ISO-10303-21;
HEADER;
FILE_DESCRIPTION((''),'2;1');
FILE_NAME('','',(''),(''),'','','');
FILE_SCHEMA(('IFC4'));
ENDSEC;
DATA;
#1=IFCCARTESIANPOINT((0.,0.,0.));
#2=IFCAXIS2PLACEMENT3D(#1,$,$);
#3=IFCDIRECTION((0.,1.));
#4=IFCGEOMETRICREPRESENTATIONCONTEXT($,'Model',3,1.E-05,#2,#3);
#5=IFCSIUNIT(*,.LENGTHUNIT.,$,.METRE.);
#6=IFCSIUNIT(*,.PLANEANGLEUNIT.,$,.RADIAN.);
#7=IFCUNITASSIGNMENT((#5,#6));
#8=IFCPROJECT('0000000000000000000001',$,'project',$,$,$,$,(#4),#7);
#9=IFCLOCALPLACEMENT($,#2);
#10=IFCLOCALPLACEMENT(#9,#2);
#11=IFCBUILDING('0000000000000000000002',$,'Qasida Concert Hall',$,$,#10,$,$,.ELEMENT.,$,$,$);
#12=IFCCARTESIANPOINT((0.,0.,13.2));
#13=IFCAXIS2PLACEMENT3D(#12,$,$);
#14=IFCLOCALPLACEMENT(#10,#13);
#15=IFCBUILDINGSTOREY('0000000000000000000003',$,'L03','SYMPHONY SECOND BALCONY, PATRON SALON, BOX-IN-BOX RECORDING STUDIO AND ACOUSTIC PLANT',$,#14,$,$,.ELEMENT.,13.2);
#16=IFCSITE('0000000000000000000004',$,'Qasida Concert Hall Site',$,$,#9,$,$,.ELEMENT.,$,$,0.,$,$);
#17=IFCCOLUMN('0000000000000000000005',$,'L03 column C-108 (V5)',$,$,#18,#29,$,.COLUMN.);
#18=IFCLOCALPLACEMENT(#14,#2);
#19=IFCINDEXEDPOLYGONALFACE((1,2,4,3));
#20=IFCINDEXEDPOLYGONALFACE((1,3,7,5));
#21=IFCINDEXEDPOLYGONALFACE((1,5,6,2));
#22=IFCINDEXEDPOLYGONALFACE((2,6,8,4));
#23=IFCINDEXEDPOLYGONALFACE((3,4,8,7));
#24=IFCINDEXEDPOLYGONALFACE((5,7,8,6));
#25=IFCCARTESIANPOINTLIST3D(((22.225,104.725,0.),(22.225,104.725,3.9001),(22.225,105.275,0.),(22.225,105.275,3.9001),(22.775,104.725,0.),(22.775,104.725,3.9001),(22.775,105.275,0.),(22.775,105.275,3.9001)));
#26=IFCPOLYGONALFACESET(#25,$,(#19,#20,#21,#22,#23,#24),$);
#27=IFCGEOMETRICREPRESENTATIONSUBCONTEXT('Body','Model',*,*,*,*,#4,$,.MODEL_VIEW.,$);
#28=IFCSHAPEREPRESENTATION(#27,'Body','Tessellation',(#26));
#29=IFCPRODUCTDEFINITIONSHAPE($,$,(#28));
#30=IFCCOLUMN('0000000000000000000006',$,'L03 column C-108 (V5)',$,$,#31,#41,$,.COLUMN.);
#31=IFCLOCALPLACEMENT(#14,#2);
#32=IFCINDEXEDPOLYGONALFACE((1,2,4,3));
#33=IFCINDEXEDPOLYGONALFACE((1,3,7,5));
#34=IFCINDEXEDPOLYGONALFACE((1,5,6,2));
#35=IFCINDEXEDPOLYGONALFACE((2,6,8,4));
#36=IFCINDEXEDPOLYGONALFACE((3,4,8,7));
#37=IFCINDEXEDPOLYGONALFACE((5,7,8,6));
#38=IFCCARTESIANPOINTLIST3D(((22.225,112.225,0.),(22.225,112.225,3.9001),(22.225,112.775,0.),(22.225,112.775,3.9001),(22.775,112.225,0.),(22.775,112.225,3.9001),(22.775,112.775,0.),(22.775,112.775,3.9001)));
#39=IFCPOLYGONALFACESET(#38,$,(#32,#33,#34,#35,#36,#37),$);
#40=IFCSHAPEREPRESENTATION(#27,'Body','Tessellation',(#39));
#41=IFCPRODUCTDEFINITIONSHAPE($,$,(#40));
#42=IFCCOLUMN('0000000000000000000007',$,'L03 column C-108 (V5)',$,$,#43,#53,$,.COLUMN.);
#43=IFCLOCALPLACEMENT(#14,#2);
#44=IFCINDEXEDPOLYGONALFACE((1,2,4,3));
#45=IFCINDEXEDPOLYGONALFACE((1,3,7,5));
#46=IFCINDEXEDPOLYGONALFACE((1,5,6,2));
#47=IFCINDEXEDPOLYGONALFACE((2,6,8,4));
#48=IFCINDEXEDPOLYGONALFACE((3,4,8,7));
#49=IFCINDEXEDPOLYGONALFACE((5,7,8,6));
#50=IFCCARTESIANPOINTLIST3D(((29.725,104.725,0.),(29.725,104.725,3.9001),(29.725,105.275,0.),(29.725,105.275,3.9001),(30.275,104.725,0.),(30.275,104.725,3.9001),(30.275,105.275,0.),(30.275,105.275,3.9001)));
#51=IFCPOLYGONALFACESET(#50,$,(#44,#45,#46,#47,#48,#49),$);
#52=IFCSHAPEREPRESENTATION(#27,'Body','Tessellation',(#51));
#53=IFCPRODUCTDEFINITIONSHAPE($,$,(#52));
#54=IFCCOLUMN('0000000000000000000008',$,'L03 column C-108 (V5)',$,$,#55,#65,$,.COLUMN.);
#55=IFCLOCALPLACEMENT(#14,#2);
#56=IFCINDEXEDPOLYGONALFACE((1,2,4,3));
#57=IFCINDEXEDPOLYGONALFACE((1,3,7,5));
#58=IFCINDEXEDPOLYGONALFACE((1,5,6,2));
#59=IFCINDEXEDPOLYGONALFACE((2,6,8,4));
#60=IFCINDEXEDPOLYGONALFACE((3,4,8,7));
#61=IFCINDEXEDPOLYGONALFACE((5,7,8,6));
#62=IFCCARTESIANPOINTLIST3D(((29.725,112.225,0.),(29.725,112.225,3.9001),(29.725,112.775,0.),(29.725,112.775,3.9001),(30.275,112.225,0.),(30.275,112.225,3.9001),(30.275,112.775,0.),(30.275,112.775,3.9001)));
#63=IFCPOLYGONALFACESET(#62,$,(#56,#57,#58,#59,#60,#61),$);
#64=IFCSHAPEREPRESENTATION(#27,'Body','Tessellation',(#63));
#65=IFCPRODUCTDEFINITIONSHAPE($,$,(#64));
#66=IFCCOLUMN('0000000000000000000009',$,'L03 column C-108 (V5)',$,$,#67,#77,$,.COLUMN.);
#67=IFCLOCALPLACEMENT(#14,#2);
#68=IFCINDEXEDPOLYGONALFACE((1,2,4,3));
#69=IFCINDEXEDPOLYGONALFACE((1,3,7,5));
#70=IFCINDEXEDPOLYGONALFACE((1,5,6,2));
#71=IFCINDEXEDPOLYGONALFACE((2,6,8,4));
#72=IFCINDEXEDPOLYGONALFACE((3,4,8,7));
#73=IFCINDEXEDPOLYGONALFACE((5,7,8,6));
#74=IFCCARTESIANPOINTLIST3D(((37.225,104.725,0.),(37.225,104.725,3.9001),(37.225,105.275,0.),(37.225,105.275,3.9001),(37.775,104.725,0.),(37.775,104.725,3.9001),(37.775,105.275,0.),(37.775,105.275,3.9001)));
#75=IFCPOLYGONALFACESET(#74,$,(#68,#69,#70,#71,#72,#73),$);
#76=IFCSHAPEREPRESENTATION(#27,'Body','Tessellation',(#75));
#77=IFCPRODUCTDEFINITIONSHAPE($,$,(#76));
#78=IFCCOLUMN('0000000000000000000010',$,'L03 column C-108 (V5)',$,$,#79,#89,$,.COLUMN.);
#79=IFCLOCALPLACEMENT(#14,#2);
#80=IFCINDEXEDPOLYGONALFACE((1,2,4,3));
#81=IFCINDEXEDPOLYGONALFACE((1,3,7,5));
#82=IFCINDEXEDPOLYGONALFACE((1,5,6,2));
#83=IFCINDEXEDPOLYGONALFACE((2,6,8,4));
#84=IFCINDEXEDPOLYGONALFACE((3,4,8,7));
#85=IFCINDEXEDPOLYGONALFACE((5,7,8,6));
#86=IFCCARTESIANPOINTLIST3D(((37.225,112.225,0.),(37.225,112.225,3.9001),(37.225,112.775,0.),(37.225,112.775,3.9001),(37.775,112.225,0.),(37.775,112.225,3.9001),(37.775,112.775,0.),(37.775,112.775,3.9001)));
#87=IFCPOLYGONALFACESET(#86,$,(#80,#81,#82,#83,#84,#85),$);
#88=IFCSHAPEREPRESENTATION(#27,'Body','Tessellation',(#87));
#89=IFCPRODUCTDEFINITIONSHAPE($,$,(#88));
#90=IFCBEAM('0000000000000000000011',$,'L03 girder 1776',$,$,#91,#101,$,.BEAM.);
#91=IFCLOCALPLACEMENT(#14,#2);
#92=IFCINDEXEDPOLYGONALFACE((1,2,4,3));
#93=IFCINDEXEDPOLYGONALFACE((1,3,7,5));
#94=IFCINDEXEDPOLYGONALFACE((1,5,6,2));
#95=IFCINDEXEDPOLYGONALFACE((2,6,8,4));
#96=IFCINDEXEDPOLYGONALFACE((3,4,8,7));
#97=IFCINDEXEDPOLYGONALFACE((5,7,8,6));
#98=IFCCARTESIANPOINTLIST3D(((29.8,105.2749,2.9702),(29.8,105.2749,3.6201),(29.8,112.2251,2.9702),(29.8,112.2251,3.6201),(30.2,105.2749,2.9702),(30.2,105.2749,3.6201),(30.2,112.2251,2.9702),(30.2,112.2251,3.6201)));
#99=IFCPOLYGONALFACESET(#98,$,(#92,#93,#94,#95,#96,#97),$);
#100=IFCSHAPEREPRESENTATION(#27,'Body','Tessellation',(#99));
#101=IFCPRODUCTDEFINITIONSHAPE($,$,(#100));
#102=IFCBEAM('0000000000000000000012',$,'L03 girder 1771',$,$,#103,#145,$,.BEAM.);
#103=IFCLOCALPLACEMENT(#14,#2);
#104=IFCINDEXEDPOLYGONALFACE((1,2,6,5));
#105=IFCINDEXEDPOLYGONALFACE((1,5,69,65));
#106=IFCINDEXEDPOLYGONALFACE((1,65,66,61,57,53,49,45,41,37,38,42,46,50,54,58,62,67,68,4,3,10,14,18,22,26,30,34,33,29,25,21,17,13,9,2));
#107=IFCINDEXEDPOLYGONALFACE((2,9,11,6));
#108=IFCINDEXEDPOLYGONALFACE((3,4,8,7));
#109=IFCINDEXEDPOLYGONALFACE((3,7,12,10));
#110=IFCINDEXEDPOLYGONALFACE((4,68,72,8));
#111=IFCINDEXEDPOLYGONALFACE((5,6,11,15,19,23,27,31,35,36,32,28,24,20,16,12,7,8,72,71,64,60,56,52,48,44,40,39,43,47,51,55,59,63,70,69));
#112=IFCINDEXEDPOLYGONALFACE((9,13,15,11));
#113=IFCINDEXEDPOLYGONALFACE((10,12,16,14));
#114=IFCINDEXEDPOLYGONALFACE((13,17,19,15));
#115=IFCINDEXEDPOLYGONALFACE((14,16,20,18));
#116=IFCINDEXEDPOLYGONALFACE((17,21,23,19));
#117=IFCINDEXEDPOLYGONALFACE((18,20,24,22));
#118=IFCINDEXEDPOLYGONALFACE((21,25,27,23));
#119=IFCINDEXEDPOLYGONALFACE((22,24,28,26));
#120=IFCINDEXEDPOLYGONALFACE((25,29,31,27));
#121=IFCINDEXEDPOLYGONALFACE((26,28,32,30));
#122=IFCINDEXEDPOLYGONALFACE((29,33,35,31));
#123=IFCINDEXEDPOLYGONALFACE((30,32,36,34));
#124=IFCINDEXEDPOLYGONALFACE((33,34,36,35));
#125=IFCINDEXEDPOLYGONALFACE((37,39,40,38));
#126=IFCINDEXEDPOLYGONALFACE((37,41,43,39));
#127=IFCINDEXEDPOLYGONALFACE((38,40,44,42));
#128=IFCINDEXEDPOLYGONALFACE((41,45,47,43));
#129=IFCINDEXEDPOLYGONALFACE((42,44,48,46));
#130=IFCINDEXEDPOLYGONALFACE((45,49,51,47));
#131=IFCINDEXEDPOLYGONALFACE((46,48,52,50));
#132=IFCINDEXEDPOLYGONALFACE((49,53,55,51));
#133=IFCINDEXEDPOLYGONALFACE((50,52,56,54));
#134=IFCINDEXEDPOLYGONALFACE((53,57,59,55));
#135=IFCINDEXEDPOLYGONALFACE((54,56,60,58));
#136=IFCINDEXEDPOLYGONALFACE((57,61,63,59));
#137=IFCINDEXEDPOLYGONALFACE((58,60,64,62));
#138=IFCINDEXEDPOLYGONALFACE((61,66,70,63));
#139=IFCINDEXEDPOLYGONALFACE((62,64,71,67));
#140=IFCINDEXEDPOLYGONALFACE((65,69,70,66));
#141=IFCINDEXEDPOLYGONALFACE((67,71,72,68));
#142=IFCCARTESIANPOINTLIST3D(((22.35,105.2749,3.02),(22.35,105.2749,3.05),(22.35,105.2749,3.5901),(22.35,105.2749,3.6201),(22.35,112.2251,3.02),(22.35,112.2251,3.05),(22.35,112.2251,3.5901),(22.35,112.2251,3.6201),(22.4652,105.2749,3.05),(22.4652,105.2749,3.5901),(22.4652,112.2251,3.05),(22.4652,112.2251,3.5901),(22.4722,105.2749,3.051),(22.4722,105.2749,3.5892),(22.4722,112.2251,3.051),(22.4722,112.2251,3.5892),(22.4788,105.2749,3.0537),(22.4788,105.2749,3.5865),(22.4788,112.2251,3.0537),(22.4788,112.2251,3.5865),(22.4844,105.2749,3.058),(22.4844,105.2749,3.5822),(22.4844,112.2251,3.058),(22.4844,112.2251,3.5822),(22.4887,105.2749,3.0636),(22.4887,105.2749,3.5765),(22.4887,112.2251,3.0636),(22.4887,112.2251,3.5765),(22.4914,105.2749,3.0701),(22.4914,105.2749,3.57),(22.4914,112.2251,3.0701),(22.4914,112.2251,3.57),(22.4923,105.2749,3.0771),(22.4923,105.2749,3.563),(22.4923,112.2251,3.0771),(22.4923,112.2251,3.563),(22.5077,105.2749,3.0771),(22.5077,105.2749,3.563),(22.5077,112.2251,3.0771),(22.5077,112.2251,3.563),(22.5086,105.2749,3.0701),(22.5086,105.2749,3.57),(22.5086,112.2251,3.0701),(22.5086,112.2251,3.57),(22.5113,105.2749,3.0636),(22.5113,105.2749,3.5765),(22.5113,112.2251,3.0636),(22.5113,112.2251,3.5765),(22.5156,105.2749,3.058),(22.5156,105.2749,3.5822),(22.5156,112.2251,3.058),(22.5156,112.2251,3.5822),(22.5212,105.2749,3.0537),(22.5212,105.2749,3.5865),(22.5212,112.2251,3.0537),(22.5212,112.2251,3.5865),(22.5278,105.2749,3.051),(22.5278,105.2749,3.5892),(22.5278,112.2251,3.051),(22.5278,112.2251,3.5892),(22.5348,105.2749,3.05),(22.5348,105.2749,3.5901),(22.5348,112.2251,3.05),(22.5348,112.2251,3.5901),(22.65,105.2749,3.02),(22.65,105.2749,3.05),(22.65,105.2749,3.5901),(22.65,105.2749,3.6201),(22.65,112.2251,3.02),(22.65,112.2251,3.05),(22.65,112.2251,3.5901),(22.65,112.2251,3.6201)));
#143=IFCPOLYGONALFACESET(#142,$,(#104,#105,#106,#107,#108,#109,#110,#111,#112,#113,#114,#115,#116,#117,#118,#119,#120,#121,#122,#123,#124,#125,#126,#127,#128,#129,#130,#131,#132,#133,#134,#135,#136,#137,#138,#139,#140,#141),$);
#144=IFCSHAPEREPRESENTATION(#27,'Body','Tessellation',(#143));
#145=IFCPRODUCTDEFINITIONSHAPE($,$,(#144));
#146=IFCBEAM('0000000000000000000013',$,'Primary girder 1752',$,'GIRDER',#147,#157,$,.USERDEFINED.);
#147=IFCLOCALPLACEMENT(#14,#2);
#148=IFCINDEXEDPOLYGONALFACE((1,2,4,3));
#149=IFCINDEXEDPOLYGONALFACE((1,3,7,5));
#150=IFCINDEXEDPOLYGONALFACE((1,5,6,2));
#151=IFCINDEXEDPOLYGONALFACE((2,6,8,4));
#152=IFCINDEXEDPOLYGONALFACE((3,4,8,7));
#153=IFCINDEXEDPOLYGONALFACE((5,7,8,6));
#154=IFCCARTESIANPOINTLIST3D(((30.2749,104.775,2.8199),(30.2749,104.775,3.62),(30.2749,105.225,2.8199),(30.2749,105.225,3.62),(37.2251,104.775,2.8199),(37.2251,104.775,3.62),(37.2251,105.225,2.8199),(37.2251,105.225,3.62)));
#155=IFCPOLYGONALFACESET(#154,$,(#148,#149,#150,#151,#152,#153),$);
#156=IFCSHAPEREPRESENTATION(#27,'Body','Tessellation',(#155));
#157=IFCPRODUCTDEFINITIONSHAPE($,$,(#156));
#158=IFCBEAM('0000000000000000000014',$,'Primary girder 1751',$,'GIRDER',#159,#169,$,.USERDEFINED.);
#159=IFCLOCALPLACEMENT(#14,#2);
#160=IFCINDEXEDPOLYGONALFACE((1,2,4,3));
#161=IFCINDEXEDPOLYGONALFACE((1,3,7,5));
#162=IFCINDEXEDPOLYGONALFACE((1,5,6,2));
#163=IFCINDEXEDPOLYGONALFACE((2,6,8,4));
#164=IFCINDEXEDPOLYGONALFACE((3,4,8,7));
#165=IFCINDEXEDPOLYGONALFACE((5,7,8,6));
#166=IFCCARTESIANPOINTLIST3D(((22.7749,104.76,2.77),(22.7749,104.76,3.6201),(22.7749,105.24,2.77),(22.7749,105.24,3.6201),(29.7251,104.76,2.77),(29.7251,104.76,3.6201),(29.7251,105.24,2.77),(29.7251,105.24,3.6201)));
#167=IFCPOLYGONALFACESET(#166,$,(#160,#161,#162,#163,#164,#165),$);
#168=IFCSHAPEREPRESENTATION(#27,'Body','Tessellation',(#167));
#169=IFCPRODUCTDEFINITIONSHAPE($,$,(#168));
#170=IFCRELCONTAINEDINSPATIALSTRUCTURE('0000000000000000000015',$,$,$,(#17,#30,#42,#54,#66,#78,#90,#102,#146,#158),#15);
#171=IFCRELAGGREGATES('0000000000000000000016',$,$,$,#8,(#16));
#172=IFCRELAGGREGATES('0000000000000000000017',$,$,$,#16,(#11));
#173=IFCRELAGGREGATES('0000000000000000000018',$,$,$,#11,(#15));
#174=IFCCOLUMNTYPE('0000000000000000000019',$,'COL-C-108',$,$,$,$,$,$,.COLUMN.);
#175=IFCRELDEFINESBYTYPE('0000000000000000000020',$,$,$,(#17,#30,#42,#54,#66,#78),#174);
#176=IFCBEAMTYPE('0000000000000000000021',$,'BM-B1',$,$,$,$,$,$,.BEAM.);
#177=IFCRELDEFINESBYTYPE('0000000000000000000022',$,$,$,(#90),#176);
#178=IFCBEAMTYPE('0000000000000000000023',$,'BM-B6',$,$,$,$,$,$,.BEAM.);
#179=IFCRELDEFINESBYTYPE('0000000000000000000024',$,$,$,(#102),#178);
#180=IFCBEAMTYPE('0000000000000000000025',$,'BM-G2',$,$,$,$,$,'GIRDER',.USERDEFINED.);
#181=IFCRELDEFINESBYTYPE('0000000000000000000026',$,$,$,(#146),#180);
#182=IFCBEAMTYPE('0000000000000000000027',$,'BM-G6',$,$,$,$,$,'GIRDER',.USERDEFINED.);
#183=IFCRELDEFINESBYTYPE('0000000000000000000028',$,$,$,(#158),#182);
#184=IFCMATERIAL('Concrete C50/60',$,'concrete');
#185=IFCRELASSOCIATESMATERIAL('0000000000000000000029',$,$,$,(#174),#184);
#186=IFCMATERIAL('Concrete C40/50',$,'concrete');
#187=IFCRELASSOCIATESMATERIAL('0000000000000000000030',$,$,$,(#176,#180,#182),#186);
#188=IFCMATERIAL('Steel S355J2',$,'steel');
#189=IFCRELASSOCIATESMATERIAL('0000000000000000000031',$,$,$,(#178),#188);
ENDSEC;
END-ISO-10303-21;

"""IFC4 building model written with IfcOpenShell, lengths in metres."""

from ifc_helpers import new_model, si_unit, direction, frame, origin, origin_2d, place, context, subcontext, project, spatial, rectangle, i_section, extrude, material, material_profile, profile_set, type_object, element, save


model = new_model("IFC4")

# Units and contexts
model_context = context("Model", 3, precision=1e-05, world=origin(), true_north=direction((0.0, 1.0)))
body_context = subcontext(model_context, "Body", "Model", "MODEL_VIEW")
ifc_project = project(units=[si_unit("LENGTHUNIT", "METRE"), si_unit("PLANEANGLEUNIT", "RADIAN")], contexts=[model_context])

# Site, building, storey
site_placement = place(None, origin())
site = spatial("IfcSite", under=ifc_project, at=site_placement, Name="Qasida Concert Hall Site", CompositionType="ELEMENT", RefElevation=0.0)
building_placement = place(site_placement, origin())
building = spatial("IfcBuilding", under=site, at=building_placement, Name="Qasida Concert Hall", CompositionType="ELEMENT")
storey_placement = place(building_placement, frame((0.0, 0.0, 13.2)))
storey = spatial("IfcBuildingStorey", under=building, at=storey_placement, Name="L03", Description="SYMPHONY SECOND BALCONY, PATRON SALON, BOX-IN-BOX RECORDING STUDIO AND ACOUSTIC PLANT", CompositionType="ELEMENT", Elevation=13.2)

# Columns
ifc_material_1 = material(Name="Concrete C50/60", Category="concrete")
ifc_material_profile_1 = material_profile(ifc_material_1, rectangle(XDim=0.55, YDim=0.55, at=origin_2d()), Name="RC 550x550")
ifc_profile_set_1 = profile_set([ifc_material_profile_1], Name="Concrete C50/60")
column_type = type_object("IfcColumnType", Name="COL-C-108", PredefinedType="COLUMN", material=ifc_profile_set_1)
for number, where, z_axis, x_axis, name in (
    (1, (22.5, 105.0, 0.0), (0.0, 0.0, 1.0), (1.0, 0.0, 0.0), "L03 column C-108 (V5)"),
    (2, (22.5, 112.5, 0.0), (0.0, 0.0, 1.0), (1.0, 0.0, 0.0), "L03 column C-108 (V5)"),
    (3, (30.0, 105.0, 0.0), (0.0, 0.0, 1.0), (1.0, 0.0, 0.0), "L03 column C-108 (V5)"),
    (4, (30.0, 112.5, 0.0), (0.0, 0.0, 1.0), (1.0, 0.0, 0.0), "L03 column C-108 (V5)"),
    (5, (37.5, 105.0, 0.0), (0.0, 0.0, 1.0), (1.0, 0.0, 0.0), "L03 column C-108 (V5)"),
    (6, (37.5, 112.5, 0.0), (0.0, 0.0, 1.0), (1.0, 0.0, 0.0), "L03 column C-108 (V5)"),
):
    element("IfcColumn", number, at=place(storey_placement, frame(where, z_axis=z_axis, x_axis=x_axis)), inside=storey, type_object=column_type, Name=name, PredefinedType="COLUMN", context=body_context, shape_type="SweptSolid", body=[
        extrude(rectangle(XDim=0.55, YDim=0.55, at=origin_2d()), origin(), (0.0, 0.0, 1.0), 3.9001),
    ])

# Beams
ifc_material_2 = material(Name="Concrete C40/50", Category="concrete")
ifc_material_profile_2 = material_profile(ifc_material_2, rectangle(XDim=0.3999, YDim=0.6499, at=origin_2d()), Name="RC 400x650")
ifc_profile_set_2 = profile_set([ifc_material_profile_2], Name="Concrete C40/50")
beam_type_1 = type_object("IfcBeamType", Name="BM-B1", PredefinedType="BEAM", material=ifc_profile_set_2)
beam_1_placement = place(storey_placement, frame((30.0, 105.2749, 3.2952), z_axis=(0.0, 1.0, 0.0), x_axis=(-1.0, 0.0, 0.0)))
element("IfcBeam", 7, at=beam_1_placement, inside=storey, type_object=beam_type_1, Name="L03 girder 1776", PredefinedType="BEAM", context=body_context, shape_type="SweptSolid", body=[
    extrude(rectangle(XDim=0.3999, YDim=0.6499, at=origin_2d()), origin(), (0.0, 0.0, 1.0), 6.9502),
])
ifc_material_3 = material(Name="Steel S355J2", Category="steel")
ifc_material_profile_3 = material_profile(ifc_material_3, i_section(OverallWidth=0.3, OverallDepth=0.6001, WebThickness=0.0154, FlangeThickness=0.03, FilletRadius=0.0271, at=origin_2d()), Name="HEB 600")
ifc_profile_set_3 = profile_set([ifc_material_profile_3], Name="Steel S355J2")
beam_type_2 = type_object("IfcBeamType", Name="BM-B6", PredefinedType="BEAM", material=ifc_profile_set_3)
beam_2_placement = place(storey_placement, frame((22.5, 105.2749, 3.3201), z_axis=(0.0, 1.0, 0.0), x_axis=(-1.0, 0.0, 0.0)))
element("IfcBeam", 8, at=beam_2_placement, inside=storey, type_object=beam_type_2, Name="L03 girder 1771", PredefinedType="BEAM", context=body_context, shape_type="SweptSolid", body=[
    extrude(i_section(OverallWidth=0.3, OverallDepth=0.6001, WebThickness=0.0154, FlangeThickness=0.03, FilletRadius=0.0271, at=origin_2d()), origin(), (0.0, 0.0, 1.0), 6.9502),
])
ifc_material_profile_4 = material_profile(ifc_material_2, rectangle(XDim=0.45, YDim=0.8, at=origin_2d()), Name="RC 450x800")
ifc_profile_set_4 = profile_set([ifc_material_profile_4], Name="Concrete C40/50")
beam_type_3 = type_object("IfcBeamType", Name="BM-G2", ElementType="GIRDER", PredefinedType="USERDEFINED", material=ifc_profile_set_4)
beam_3_placement = place(storey_placement, frame((30.2749, 105.0, 3.22), z_axis=(1.0, 0.0, 0.0), x_axis=(0.0, 1.0, 0.0)))
element("IfcBeam", 9, at=beam_3_placement, inside=storey, type_object=beam_type_3, Name="Primary girder 1752", ObjectType="GIRDER", PredefinedType="USERDEFINED", context=body_context, shape_type="SweptSolid", body=[
    extrude(rectangle(XDim=0.45, YDim=0.8, at=origin_2d()), origin(), (0.0, 0.0, 1.0), 6.9502),
])
ifc_material_profile_5 = material_profile(ifc_material_2, rectangle(XDim=0.48, YDim=0.8501, at=origin_2d()), Name="RC 480x850")
ifc_profile_set_5 = profile_set([ifc_material_profile_5], Name="Concrete C40/50")
beam_type_4 = type_object("IfcBeamType", Name="BM-G6", ElementType="GIRDER", PredefinedType="USERDEFINED", material=ifc_profile_set_5)
beam_4_placement = place(storey_placement, frame((22.7749, 105.0, 3.1951), z_axis=(1.0, 0.0, 0.0), x_axis=(0.0, 1.0, 0.0)))
element("IfcBeam", 10, at=beam_4_placement, inside=storey, type_object=beam_type_4, Name="Primary girder 1751", ObjectType="GIRDER", PredefinedType="USERDEFINED", context=body_context, shape_type="SweptSolid", body=[
    extrude(rectangle(XDim=0.48, YDim=0.8501, at=origin_2d()), origin(), (0.0, 0.0, 1.0), 6.9502),
])

save(model, "model.ifc")
